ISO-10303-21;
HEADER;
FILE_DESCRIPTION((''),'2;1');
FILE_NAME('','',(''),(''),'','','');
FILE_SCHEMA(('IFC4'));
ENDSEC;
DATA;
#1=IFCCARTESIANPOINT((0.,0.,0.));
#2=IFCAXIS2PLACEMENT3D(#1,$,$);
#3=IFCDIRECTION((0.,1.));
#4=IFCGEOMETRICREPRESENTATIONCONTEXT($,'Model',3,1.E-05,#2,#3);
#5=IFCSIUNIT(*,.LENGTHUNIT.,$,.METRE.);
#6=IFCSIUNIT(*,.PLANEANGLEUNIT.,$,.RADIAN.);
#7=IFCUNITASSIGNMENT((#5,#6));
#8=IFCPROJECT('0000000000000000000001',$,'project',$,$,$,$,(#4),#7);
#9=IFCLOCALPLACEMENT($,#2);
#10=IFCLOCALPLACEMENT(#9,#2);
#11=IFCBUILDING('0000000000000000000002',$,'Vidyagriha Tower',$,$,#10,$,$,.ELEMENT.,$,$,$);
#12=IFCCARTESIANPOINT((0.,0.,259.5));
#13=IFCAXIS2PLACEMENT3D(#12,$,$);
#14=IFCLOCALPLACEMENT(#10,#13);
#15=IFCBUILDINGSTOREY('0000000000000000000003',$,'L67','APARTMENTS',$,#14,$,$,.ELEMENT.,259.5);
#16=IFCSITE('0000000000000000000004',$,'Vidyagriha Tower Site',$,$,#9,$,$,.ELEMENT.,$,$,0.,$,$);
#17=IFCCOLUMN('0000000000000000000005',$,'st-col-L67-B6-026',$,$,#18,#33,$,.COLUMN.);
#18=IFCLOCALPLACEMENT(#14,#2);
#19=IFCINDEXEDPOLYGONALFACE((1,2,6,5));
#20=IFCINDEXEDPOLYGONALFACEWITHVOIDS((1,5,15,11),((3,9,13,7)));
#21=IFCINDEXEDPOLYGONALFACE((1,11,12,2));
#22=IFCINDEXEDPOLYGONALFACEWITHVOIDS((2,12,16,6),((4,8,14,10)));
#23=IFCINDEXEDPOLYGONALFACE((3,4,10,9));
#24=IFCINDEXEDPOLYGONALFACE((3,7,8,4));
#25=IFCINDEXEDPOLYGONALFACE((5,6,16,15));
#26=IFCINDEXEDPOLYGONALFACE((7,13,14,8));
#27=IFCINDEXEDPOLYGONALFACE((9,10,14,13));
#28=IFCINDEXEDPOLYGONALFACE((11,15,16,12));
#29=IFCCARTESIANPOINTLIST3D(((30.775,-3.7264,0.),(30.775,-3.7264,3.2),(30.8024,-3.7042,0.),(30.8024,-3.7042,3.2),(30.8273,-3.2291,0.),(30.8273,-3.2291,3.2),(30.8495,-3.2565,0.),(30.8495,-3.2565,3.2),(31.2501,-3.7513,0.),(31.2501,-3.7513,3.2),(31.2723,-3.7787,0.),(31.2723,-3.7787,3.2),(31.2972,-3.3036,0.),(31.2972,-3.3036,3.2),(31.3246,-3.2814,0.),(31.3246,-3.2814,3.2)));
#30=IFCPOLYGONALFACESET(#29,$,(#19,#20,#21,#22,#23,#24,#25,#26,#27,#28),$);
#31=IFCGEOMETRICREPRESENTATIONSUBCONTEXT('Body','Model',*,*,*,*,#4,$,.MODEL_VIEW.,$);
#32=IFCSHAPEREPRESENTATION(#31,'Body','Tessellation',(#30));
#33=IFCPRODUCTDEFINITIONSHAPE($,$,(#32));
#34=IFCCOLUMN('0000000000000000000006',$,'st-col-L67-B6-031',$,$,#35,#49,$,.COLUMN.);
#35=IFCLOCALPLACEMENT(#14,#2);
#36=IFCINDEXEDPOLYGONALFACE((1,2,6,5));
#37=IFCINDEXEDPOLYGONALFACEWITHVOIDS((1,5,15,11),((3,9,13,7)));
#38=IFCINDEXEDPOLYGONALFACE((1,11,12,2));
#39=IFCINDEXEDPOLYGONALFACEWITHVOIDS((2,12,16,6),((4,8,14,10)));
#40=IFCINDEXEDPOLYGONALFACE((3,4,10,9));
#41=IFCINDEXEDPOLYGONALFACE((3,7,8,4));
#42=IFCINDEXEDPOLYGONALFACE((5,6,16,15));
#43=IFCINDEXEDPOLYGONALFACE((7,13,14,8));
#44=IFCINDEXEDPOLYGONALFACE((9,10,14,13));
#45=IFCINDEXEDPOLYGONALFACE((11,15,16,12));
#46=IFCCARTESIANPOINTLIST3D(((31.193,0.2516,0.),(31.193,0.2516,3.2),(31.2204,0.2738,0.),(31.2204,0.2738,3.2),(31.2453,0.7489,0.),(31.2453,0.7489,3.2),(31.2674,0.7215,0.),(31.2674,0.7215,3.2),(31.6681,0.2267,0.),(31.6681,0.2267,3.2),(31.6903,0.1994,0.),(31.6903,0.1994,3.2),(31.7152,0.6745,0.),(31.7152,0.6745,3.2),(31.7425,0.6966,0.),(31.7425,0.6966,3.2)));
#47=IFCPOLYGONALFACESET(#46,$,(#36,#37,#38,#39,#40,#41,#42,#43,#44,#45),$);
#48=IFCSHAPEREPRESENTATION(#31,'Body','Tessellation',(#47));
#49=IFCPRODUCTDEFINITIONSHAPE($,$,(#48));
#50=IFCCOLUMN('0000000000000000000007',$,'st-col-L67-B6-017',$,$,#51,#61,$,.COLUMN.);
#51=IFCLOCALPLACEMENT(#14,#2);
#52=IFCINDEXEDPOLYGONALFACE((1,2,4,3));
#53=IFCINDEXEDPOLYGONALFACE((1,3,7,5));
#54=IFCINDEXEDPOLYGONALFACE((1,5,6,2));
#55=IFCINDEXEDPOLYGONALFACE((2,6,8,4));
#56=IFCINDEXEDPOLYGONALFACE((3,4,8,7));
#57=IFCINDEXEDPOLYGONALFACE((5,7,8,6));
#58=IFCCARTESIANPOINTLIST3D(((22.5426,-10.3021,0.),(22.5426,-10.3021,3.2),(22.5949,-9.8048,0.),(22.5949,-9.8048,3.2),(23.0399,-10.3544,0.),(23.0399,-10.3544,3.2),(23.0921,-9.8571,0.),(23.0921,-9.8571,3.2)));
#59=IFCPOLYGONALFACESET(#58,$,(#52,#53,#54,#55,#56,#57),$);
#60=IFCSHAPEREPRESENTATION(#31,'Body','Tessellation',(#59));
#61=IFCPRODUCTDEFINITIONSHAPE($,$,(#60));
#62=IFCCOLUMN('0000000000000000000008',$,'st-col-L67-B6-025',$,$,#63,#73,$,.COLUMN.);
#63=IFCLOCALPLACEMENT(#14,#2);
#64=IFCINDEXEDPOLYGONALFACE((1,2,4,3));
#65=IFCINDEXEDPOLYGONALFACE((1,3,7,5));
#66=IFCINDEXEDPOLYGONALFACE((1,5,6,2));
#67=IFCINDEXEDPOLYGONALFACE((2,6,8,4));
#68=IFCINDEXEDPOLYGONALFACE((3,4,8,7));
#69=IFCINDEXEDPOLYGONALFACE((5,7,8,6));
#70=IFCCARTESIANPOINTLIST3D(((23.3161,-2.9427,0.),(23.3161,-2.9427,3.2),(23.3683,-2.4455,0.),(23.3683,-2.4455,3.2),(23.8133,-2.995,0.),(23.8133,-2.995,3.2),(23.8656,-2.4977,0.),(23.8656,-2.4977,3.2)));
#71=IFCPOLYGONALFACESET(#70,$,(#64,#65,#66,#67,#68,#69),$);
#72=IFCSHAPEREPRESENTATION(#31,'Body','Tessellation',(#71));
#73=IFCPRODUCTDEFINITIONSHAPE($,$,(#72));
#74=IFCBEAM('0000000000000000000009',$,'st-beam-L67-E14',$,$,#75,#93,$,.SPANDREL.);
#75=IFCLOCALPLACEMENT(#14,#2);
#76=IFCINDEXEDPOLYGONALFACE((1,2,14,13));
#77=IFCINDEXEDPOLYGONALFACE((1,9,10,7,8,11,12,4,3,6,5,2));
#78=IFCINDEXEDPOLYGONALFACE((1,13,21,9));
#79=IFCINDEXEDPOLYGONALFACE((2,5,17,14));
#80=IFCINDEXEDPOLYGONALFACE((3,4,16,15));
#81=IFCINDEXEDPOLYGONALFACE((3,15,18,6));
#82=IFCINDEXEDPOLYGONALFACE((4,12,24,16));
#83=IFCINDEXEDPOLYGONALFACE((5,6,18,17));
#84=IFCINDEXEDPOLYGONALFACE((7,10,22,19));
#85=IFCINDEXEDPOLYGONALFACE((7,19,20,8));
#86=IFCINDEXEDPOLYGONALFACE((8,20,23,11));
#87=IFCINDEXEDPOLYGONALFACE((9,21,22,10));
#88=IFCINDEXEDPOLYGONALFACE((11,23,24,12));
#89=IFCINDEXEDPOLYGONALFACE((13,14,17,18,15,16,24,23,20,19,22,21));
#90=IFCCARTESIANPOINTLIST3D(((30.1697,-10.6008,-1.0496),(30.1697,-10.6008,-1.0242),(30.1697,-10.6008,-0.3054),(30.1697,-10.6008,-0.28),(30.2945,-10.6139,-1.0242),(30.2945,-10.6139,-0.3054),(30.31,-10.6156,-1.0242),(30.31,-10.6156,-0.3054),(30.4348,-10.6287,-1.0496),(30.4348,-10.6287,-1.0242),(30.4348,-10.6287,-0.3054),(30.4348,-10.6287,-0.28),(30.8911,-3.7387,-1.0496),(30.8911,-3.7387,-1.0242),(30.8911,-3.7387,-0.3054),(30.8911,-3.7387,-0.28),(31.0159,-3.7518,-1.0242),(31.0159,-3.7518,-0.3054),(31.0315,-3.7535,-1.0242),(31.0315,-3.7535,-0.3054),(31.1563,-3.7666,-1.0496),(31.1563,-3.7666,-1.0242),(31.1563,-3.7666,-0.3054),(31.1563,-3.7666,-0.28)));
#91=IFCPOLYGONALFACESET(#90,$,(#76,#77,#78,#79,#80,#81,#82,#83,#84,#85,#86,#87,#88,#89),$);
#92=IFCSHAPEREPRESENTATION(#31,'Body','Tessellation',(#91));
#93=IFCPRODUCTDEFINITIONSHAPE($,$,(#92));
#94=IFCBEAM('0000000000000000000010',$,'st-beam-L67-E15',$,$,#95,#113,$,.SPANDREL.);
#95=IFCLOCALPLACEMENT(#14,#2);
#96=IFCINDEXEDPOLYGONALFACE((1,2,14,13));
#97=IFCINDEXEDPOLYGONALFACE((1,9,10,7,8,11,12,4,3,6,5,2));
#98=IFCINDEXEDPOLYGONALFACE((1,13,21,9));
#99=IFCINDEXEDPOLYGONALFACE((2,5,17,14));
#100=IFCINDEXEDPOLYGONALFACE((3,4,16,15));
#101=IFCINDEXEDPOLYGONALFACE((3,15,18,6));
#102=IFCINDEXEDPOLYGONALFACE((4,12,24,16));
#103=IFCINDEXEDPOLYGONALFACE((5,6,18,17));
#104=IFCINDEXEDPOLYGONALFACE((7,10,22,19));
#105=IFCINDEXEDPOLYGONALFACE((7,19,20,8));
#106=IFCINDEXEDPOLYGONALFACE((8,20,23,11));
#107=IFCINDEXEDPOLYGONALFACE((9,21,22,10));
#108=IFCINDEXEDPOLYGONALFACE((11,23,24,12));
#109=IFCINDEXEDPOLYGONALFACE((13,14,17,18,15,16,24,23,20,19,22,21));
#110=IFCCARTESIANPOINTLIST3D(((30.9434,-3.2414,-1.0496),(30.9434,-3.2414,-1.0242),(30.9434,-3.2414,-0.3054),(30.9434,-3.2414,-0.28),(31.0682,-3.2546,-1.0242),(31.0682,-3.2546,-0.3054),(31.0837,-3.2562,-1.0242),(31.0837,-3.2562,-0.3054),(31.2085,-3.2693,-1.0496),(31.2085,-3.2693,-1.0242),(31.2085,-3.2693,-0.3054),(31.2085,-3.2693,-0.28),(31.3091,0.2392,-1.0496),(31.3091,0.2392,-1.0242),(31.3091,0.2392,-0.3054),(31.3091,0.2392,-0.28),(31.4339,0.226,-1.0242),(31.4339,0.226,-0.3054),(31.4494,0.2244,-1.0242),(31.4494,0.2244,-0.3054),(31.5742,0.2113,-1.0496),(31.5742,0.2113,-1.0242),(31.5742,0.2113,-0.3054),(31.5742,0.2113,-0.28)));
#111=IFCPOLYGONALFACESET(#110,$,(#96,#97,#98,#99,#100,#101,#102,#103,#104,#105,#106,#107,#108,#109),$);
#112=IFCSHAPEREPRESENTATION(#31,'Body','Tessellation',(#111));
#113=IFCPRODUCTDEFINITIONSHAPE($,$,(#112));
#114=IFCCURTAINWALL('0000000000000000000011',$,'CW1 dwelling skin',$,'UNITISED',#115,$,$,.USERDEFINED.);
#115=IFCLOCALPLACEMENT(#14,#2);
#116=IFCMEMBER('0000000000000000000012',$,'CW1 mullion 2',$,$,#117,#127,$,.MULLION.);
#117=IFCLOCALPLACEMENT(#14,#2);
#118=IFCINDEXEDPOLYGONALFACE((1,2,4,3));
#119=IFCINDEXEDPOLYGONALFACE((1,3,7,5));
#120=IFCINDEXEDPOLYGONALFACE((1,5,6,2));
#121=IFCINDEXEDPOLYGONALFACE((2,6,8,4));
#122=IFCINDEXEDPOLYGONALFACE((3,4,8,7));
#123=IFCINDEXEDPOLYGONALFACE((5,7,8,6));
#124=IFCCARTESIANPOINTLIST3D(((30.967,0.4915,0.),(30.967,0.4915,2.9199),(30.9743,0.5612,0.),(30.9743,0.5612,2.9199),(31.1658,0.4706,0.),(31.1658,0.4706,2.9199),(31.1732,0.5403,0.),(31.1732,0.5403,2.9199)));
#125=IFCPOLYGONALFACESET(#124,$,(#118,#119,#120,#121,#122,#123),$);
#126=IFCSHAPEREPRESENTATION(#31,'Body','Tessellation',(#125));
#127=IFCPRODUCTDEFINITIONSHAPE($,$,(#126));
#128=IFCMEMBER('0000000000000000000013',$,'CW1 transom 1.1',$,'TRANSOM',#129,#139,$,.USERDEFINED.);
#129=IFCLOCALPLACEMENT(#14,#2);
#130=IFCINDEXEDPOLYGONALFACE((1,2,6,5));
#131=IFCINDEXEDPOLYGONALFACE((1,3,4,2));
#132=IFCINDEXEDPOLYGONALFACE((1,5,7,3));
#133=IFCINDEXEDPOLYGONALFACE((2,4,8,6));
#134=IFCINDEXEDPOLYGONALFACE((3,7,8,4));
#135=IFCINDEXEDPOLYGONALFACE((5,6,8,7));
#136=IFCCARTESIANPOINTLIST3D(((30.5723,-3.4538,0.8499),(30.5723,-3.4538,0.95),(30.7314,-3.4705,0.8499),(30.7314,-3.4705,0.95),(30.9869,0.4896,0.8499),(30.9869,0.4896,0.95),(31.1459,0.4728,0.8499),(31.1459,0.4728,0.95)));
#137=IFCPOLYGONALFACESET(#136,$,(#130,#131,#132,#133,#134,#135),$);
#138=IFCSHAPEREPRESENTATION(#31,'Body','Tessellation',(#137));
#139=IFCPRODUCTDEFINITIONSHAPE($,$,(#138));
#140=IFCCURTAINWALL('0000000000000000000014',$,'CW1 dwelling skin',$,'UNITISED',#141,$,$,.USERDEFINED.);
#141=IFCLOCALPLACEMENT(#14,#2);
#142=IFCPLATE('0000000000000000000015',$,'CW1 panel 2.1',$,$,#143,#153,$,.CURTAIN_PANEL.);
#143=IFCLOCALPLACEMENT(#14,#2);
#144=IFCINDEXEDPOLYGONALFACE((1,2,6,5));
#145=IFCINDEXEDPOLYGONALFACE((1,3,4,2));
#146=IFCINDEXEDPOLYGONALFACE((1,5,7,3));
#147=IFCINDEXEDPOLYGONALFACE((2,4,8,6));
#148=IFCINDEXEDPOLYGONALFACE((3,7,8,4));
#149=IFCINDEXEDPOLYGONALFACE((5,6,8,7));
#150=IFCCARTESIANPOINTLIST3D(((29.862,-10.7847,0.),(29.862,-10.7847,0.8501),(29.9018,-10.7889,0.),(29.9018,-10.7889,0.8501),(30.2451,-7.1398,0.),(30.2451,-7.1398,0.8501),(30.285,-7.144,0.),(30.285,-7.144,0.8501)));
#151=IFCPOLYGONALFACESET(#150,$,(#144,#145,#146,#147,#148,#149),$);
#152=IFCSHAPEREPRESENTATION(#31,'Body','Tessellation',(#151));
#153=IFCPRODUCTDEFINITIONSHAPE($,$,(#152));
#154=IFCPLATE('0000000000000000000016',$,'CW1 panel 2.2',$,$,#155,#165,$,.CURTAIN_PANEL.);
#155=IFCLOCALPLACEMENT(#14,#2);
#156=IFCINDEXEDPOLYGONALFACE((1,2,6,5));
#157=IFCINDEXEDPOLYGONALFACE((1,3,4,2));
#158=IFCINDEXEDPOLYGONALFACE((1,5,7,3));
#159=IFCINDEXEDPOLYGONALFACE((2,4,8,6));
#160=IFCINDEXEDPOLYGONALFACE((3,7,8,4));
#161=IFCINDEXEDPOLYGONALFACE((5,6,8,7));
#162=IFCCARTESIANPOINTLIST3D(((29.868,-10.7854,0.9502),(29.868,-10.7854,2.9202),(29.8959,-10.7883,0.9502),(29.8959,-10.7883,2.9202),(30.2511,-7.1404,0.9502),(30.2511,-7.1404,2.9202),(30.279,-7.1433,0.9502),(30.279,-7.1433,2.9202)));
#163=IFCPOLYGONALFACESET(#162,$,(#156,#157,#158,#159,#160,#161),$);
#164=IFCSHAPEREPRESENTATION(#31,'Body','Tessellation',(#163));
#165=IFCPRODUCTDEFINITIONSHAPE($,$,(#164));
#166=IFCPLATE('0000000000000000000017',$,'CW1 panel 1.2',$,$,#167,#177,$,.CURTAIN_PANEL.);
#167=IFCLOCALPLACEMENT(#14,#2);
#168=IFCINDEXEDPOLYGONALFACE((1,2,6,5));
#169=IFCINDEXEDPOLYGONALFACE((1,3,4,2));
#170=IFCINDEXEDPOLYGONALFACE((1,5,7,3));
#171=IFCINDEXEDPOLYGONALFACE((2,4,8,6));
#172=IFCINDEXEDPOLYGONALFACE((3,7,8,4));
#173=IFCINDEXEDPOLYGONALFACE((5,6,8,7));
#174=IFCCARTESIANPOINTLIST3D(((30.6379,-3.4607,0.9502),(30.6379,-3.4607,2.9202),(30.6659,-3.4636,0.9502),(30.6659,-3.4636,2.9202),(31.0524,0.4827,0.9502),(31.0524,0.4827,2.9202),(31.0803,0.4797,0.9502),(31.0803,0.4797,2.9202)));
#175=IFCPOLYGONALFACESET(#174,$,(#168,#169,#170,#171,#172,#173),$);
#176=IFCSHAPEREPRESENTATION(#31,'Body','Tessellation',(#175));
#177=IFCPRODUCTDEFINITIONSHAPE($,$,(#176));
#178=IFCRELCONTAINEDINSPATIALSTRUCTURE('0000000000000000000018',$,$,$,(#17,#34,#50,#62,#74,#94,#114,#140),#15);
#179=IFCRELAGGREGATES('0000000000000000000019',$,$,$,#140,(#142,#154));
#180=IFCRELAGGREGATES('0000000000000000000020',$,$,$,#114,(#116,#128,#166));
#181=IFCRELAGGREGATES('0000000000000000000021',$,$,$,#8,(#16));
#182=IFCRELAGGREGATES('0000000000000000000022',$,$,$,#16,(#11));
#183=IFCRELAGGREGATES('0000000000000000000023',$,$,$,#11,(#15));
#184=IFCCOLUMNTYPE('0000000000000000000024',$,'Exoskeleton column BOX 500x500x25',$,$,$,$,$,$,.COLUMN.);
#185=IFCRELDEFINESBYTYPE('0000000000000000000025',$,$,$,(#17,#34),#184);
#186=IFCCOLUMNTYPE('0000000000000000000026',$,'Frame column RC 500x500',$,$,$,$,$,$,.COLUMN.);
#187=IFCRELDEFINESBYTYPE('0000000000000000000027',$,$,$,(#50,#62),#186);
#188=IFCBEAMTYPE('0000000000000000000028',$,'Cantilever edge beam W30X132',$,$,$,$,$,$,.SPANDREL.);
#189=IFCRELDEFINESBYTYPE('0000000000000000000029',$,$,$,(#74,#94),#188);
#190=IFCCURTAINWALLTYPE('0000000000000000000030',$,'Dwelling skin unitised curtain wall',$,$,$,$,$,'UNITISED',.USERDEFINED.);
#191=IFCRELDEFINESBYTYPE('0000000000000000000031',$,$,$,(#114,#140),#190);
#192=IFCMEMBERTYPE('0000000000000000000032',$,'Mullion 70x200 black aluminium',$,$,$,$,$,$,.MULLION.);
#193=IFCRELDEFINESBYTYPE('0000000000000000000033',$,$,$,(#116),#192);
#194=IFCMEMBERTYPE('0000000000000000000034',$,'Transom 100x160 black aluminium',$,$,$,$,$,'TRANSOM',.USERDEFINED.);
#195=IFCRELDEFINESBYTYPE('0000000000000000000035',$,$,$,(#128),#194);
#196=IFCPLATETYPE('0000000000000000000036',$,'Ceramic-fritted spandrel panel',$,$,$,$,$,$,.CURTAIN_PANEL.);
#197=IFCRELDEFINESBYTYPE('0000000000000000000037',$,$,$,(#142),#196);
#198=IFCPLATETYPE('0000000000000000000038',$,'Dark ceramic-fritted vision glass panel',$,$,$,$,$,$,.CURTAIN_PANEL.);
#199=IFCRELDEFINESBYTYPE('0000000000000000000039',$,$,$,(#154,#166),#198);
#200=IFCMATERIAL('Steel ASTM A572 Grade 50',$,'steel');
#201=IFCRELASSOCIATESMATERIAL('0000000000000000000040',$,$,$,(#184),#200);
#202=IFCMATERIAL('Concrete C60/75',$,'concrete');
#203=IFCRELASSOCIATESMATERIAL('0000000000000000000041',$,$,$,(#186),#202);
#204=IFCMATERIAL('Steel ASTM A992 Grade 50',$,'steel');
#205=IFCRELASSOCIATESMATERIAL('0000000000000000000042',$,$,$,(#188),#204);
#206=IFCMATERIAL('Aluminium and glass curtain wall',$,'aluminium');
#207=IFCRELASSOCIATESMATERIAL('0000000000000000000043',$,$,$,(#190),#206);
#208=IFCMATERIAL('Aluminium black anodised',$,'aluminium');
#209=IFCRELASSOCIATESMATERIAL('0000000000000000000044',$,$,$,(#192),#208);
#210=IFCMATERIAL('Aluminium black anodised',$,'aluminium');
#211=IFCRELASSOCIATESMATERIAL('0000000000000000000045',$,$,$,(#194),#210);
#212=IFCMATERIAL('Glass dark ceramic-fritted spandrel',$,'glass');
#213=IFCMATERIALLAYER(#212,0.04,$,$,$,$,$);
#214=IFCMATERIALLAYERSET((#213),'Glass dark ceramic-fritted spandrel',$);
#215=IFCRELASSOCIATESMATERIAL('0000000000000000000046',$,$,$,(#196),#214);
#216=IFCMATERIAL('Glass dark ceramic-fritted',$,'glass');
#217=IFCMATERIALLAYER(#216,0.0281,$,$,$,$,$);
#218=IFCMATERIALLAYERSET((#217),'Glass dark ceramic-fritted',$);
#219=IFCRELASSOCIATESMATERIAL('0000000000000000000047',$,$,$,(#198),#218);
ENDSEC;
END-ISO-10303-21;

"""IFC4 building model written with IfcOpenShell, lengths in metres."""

from ifc_helpers import new_model, si_unit, direction, frame, origin, origin_2d, place, context, subcontext, project, spatial, rectangle, hollow_rectangle, i_section, extrude, material, layer, layer_set, material_profile, profile_set, type_object, element, aggregate, save


model = new_model("IFC4")

# Units and contexts
model_context = context("Model", 3, precision=1e-05, world=origin(), true_north=direction((0.0, 1.0)))
body_context = subcontext(model_context, "Body", "Model", "MODEL_VIEW")
ifc_project = project(units=[si_unit("LENGTHUNIT", "METRE"), si_unit("PLANEANGLEUNIT", "RADIAN")], contexts=[model_context])

# Site, building, storey
site_placement = place(None, origin())
site = spatial("IfcSite", under=ifc_project, at=site_placement, Name="Vidyagriha Tower Site", CompositionType="ELEMENT", RefElevation=0.0)
building_placement = place(site_placement, origin())
building = spatial("IfcBuilding", under=site, at=building_placement, Name="Vidyagriha Tower", CompositionType="ELEMENT")
storey_placement = place(building_placement, frame((0.0, 0.0, 259.5)))
storey = spatial("IfcBuildingStorey", under=building, at=storey_placement, Name="L67", Description="APARTMENTS", CompositionType="ELEMENT", Elevation=259.5)

# Columns
ifc_material_1 = material(Name="Steel ASTM A572 Grade 50", Category="steel")
ifc_material_profile_1 = material_profile(ifc_material_1, hollow_rectangle(XDim=0.5, YDim=0.5, WallThickness=0.0249, at=origin_2d()), Name="BOX 500x500x25")
ifc_profile_set_1 = profile_set([ifc_material_profile_1], Name="Steel ASTM A572 Grade 50")
column_type_1 = type_object("IfcColumnType", Name="Exoskeleton column BOX 500x500x25", PredefinedType="COLUMN", material=ifc_profile_set_1)
for number, where, z_axis, x_axis, name in (
    (1, (31.0498, -3.5039, 0.0), (0.0, 0.0, 1.0), (0.994522, -0.104528, 0.0), "st-col-L67-B6-026"),
    (2, (31.4678, 0.4741, 0.0), (0.0, 0.0, 1.0), (0.994522, -0.104528, 0.0), "st-col-L67-B6-031"),
):
    element("IfcColumn", number, at=place(storey_placement, frame(where, z_axis=z_axis, x_axis=x_axis)), inside=storey, type_object=column_type_1, Name=name, PredefinedType="COLUMN", context=body_context, shape_type="SweptSolid", body=[
        extrude(hollow_rectangle(XDim=0.5, YDim=0.5, WallThickness=0.0249, at=origin_2d()), origin(), (0.0, 0.0, 1.0), 3.2),
    ])
ifc_material_2 = material(Name="Concrete C60/75", Category="concrete")
ifc_material_profile_2 = material_profile(ifc_material_2, rectangle(XDim=0.5, YDim=0.5, at=origin_2d()), Name="RC 500x500")
ifc_profile_set_2 = profile_set([ifc_material_profile_2], Name="Concrete C60/75")
column_type_2 = type_object("IfcColumnType", Name="Frame column RC 500x500", PredefinedType="COLUMN", material=ifc_profile_set_2)
for number, where, z_axis, x_axis, name in (
    (3, (22.8174, -10.0796, 0.0), (0.0, 0.0, 1.0), (0.994522, -0.104528, 0.0), "st-col-L67-B6-017"),
    (4, (23.5908, -2.7202, 0.0), (0.0, 0.0, 1.0), (0.994522, -0.104528, 0.0), "st-col-L67-B6-025"),
):
    element("IfcColumn", number, at=place(storey_placement, frame(where, z_axis=z_axis, x_axis=x_axis)), inside=storey, type_object=column_type_2, Name=name, PredefinedType="COLUMN", context=body_context, shape_type="SweptSolid", body=[
        extrude(rectangle(XDim=0.5, YDim=0.5, at=origin_2d()), origin(), (0.0, 0.0, 1.0), 3.2),
    ])

# Beams
ifc_material_3 = material(Name="Steel ASTM A992 Grade 50", Category="steel")
ifc_material_profile_3 = material_profile(ifc_material_3, i_section(OverallWidth=0.2666, OverallDepth=0.7695, WebThickness=0.0156, FlangeThickness=0.0254, at=origin_2d()), Name="W30X132")
ifc_profile_set_3 = profile_set([ifc_material_profile_3], Name="Steel ASTM A992 Grade 50")
beam_type = type_object("IfcBeamType", Name="Cantilever edge beam W30X132", PredefinedType="SPANDREL", material=ifc_profile_set_3)
beam_1_placement = place(storey_placement, frame((30.3022, -10.6147, -0.6648), z_axis=(0.104558, 0.994519, 0.0), x_axis=(-0.994519, 0.104558, 0.0)))
element("IfcBeam", 5, at=beam_1_placement, inside=storey, type_object=beam_type, Name="st-beam-L67-E14", PredefinedType="SPANDREL", context=body_context, shape_type="SweptSolid", body=[
    extrude(i_section(OverallWidth=0.2666, OverallDepth=0.7695, WebThickness=0.0156, FlangeThickness=0.0254, at=origin_2d()), origin(), (0.0, 0.0, 1.0), 6.8999),
])
beam_2_placement = place(storey_placement, frame((31.0759, -3.2554, -0.6648), z_axis=(0.104496, 0.994525, 0.0), x_axis=(-0.994525, 0.104496, 0.0)))
element("IfcBeam", 6, at=beam_2_placement, inside=storey, type_object=beam_type, Name="st-beam-L67-E15", PredefinedType="SPANDREL", context=body_context, shape_type="SweptSolid", body=[
    extrude(i_section(OverallWidth=0.2666, OverallDepth=0.7695, WebThickness=0.0156, FlangeThickness=0.0254, at=origin_2d()), origin(), (0.0, 0.0, 1.0), 3.4998),
])

# Curtain wall, members
ifc_material_4 = material(Name="Aluminium and glass curtain wall", Category="aluminium")
curtain_wall_type = type_object("IfcCurtainWallType", Name="Dwelling skin unitised curtain wall", ElementType="UNITISED", PredefinedType="USERDEFINED", material=ifc_material_4)
curtain_wall_1_placement = place(storey_placement, origin())
curtain_wall_1 = element("IfcCurtainWall", 7, at=curtain_wall_1_placement, inside=storey, type_object=curtain_wall_type, Name="CW1 dwelling skin", ObjectType="UNITISED", PredefinedType="USERDEFINED")
ifc_material_5 = material(Name="Aluminium black anodised", Category="aluminium")
ifc_material_profile_4 = material_profile(ifc_material_5, rectangle(XDim=0.2, YDim=0.0701, at=origin_2d()), Name="Mullion 70x200 black aluminium")
ifc_profile_set_4 = profile_set([ifc_material_profile_4], Name="Aluminium black anodised")
member_type_1 = type_object("IfcMemberType", Name="Mullion 70x200 black aluminium", PredefinedType="MULLION", material=ifc_profile_set_4)
member_1_placement = place(storey_placement, frame((31.0701, 0.5159, 0.0), z_axis=(0.0, 0.0, 1.0), x_axis=(-0.994522, 0.10453, 0.0)))
member_1 = element("IfcMember", 8, at=member_1_placement, type_object=member_type_1, Name="CW1 mullion 2", PredefinedType="MULLION", context=body_context, shape_type="SweptSolid", body=[
    extrude(rectangle(XDim=0.2, YDim=0.0701, at=origin_2d()), origin(), (0.0, 0.0, 1.0), 2.9199),
])
ifc_material_6 = material(Name="Aluminium black anodised", Category="aluminium")
ifc_material_profile_5 = material_profile(ifc_material_6, rectangle(XDim=0.1599, YDim=0.1001, at=origin_2d()), Name="Transom 100x160 black aluminium")
ifc_profile_set_5 = profile_set([ifc_material_profile_5], Name="Aluminium black anodised")
member_type_2 = type_object("IfcMemberType", Name="Transom 100x160 black aluminium", ElementType="TRANSOM", PredefinedType="USERDEFINED", material=ifc_profile_set_5)
member_2_placement = place(storey_placement, frame((30.6519, -3.4622, 0.8999), z_axis=(0.10455, 0.99452, 0.0), x_axis=(-0.99452, 0.10455, 0.0)))
member_2 = element("IfcMember", 9, at=member_2_placement, type_object=member_type_2, Name="CW1 transom 1.1", ObjectType="TRANSOM", PredefinedType="USERDEFINED", context=body_context, shape_type="SweptSolid", body=[
    extrude(rectangle(XDim=0.1599, YDim=0.1001, at=origin_2d()), origin(), (0.0, 0.0, 1.0), 3.9651),
])

# Curtain wall, plates
curtain_wall_2_placement = place(storey_placement, origin())
curtain_wall_2 = element("IfcCurtainWall", 10, at=curtain_wall_2_placement, inside=storey, type_object=curtain_wall_type, Name="CW1 dwelling skin", ObjectType="UNITISED", PredefinedType="USERDEFINED")
ifc_material_7 = material(Name="Glass dark ceramic-fritted spandrel", Category="glass")
ifc_layer_1 = layer(ifc_material_7, 0.04)
ifc_layer_set_1 = layer_set([ifc_layer_1], Name="Glass dark ceramic-fritted spandrel")
plate_type_1 = type_object("IfcPlateType", Name="Ceramic-fritted spandrel panel", PredefinedType="CURTAIN_PANEL", material=ifc_layer_set_1)
plate_1_placement = place(storey_placement, frame((30.0735, -8.9644, 0.0), z_axis=(0.0, 0.0, 1.0), x_axis=(0.104533, 0.994521, 0.0)))
plate_1 = element("IfcPlate", 11, at=plate_1_placement, type_object=plate_type_1, Name="CW1 panel 2.1", PredefinedType="CURTAIN_PANEL", context=body_context, shape_type="SweptSolid", body=[
    extrude(rectangle(XDim=3.665, YDim=0.04, at=origin_2d()), origin(), (0.0, 0.0, 1.0), 0.8501),
])
ifc_material_8 = material(Name="Glass dark ceramic-fritted", Category="glass")
ifc_layer_2 = layer(ifc_material_8, 0.0281)
ifc_layer_set_2 = layer_set([ifc_layer_2], Name="Glass dark ceramic-fritted")
plate_type_2 = type_object("IfcPlateType", Name="Dark ceramic-fritted vision glass panel", PredefinedType="CURTAIN_PANEL", material=ifc_layer_set_2)
plate_2_placement = place(storey_placement, frame((30.0735, -8.9644, 0.9502), z_axis=(0.0, 0.0, 1.0), x_axis=(0.104533, 0.994521, 0.0)))
plate_2 = element("IfcPlate", 12, at=plate_2_placement, type_object=plate_type_2, Name="CW1 panel 2.2", PredefinedType="CURTAIN_PANEL", context=body_context, shape_type="SweptSolid", body=[
    extrude(rectangle(XDim=3.665, YDim=0.0281, at=origin_2d()), origin(), (0.0, 0.0, 1.0), 1.97),
])
aggregate(curtain_wall_2, [plate_1, plate_2])

# Plate
plate_3_placement = place(storey_placement, frame((30.8591, -1.4905, 0.9502), z_axis=(0.0, 0.0, 1.0), x_axis=(0.10453, 0.994522, 0.0)))
plate_3 = element("IfcPlate", 13, at=plate_3_placement, type_object=plate_type_2, Name="CW1 panel 1.2", PredefinedType="CURTAIN_PANEL", context=body_context, shape_type="SweptSolid", body=[
    extrude(rectangle(XDim=3.9651, YDim=0.0281, at=origin_2d()), origin(), (0.0, 0.0, 1.0), 1.97),
])
aggregate(curtain_wall_1, [member_1, member_2, plate_3])

save(model, "model.ifc")
